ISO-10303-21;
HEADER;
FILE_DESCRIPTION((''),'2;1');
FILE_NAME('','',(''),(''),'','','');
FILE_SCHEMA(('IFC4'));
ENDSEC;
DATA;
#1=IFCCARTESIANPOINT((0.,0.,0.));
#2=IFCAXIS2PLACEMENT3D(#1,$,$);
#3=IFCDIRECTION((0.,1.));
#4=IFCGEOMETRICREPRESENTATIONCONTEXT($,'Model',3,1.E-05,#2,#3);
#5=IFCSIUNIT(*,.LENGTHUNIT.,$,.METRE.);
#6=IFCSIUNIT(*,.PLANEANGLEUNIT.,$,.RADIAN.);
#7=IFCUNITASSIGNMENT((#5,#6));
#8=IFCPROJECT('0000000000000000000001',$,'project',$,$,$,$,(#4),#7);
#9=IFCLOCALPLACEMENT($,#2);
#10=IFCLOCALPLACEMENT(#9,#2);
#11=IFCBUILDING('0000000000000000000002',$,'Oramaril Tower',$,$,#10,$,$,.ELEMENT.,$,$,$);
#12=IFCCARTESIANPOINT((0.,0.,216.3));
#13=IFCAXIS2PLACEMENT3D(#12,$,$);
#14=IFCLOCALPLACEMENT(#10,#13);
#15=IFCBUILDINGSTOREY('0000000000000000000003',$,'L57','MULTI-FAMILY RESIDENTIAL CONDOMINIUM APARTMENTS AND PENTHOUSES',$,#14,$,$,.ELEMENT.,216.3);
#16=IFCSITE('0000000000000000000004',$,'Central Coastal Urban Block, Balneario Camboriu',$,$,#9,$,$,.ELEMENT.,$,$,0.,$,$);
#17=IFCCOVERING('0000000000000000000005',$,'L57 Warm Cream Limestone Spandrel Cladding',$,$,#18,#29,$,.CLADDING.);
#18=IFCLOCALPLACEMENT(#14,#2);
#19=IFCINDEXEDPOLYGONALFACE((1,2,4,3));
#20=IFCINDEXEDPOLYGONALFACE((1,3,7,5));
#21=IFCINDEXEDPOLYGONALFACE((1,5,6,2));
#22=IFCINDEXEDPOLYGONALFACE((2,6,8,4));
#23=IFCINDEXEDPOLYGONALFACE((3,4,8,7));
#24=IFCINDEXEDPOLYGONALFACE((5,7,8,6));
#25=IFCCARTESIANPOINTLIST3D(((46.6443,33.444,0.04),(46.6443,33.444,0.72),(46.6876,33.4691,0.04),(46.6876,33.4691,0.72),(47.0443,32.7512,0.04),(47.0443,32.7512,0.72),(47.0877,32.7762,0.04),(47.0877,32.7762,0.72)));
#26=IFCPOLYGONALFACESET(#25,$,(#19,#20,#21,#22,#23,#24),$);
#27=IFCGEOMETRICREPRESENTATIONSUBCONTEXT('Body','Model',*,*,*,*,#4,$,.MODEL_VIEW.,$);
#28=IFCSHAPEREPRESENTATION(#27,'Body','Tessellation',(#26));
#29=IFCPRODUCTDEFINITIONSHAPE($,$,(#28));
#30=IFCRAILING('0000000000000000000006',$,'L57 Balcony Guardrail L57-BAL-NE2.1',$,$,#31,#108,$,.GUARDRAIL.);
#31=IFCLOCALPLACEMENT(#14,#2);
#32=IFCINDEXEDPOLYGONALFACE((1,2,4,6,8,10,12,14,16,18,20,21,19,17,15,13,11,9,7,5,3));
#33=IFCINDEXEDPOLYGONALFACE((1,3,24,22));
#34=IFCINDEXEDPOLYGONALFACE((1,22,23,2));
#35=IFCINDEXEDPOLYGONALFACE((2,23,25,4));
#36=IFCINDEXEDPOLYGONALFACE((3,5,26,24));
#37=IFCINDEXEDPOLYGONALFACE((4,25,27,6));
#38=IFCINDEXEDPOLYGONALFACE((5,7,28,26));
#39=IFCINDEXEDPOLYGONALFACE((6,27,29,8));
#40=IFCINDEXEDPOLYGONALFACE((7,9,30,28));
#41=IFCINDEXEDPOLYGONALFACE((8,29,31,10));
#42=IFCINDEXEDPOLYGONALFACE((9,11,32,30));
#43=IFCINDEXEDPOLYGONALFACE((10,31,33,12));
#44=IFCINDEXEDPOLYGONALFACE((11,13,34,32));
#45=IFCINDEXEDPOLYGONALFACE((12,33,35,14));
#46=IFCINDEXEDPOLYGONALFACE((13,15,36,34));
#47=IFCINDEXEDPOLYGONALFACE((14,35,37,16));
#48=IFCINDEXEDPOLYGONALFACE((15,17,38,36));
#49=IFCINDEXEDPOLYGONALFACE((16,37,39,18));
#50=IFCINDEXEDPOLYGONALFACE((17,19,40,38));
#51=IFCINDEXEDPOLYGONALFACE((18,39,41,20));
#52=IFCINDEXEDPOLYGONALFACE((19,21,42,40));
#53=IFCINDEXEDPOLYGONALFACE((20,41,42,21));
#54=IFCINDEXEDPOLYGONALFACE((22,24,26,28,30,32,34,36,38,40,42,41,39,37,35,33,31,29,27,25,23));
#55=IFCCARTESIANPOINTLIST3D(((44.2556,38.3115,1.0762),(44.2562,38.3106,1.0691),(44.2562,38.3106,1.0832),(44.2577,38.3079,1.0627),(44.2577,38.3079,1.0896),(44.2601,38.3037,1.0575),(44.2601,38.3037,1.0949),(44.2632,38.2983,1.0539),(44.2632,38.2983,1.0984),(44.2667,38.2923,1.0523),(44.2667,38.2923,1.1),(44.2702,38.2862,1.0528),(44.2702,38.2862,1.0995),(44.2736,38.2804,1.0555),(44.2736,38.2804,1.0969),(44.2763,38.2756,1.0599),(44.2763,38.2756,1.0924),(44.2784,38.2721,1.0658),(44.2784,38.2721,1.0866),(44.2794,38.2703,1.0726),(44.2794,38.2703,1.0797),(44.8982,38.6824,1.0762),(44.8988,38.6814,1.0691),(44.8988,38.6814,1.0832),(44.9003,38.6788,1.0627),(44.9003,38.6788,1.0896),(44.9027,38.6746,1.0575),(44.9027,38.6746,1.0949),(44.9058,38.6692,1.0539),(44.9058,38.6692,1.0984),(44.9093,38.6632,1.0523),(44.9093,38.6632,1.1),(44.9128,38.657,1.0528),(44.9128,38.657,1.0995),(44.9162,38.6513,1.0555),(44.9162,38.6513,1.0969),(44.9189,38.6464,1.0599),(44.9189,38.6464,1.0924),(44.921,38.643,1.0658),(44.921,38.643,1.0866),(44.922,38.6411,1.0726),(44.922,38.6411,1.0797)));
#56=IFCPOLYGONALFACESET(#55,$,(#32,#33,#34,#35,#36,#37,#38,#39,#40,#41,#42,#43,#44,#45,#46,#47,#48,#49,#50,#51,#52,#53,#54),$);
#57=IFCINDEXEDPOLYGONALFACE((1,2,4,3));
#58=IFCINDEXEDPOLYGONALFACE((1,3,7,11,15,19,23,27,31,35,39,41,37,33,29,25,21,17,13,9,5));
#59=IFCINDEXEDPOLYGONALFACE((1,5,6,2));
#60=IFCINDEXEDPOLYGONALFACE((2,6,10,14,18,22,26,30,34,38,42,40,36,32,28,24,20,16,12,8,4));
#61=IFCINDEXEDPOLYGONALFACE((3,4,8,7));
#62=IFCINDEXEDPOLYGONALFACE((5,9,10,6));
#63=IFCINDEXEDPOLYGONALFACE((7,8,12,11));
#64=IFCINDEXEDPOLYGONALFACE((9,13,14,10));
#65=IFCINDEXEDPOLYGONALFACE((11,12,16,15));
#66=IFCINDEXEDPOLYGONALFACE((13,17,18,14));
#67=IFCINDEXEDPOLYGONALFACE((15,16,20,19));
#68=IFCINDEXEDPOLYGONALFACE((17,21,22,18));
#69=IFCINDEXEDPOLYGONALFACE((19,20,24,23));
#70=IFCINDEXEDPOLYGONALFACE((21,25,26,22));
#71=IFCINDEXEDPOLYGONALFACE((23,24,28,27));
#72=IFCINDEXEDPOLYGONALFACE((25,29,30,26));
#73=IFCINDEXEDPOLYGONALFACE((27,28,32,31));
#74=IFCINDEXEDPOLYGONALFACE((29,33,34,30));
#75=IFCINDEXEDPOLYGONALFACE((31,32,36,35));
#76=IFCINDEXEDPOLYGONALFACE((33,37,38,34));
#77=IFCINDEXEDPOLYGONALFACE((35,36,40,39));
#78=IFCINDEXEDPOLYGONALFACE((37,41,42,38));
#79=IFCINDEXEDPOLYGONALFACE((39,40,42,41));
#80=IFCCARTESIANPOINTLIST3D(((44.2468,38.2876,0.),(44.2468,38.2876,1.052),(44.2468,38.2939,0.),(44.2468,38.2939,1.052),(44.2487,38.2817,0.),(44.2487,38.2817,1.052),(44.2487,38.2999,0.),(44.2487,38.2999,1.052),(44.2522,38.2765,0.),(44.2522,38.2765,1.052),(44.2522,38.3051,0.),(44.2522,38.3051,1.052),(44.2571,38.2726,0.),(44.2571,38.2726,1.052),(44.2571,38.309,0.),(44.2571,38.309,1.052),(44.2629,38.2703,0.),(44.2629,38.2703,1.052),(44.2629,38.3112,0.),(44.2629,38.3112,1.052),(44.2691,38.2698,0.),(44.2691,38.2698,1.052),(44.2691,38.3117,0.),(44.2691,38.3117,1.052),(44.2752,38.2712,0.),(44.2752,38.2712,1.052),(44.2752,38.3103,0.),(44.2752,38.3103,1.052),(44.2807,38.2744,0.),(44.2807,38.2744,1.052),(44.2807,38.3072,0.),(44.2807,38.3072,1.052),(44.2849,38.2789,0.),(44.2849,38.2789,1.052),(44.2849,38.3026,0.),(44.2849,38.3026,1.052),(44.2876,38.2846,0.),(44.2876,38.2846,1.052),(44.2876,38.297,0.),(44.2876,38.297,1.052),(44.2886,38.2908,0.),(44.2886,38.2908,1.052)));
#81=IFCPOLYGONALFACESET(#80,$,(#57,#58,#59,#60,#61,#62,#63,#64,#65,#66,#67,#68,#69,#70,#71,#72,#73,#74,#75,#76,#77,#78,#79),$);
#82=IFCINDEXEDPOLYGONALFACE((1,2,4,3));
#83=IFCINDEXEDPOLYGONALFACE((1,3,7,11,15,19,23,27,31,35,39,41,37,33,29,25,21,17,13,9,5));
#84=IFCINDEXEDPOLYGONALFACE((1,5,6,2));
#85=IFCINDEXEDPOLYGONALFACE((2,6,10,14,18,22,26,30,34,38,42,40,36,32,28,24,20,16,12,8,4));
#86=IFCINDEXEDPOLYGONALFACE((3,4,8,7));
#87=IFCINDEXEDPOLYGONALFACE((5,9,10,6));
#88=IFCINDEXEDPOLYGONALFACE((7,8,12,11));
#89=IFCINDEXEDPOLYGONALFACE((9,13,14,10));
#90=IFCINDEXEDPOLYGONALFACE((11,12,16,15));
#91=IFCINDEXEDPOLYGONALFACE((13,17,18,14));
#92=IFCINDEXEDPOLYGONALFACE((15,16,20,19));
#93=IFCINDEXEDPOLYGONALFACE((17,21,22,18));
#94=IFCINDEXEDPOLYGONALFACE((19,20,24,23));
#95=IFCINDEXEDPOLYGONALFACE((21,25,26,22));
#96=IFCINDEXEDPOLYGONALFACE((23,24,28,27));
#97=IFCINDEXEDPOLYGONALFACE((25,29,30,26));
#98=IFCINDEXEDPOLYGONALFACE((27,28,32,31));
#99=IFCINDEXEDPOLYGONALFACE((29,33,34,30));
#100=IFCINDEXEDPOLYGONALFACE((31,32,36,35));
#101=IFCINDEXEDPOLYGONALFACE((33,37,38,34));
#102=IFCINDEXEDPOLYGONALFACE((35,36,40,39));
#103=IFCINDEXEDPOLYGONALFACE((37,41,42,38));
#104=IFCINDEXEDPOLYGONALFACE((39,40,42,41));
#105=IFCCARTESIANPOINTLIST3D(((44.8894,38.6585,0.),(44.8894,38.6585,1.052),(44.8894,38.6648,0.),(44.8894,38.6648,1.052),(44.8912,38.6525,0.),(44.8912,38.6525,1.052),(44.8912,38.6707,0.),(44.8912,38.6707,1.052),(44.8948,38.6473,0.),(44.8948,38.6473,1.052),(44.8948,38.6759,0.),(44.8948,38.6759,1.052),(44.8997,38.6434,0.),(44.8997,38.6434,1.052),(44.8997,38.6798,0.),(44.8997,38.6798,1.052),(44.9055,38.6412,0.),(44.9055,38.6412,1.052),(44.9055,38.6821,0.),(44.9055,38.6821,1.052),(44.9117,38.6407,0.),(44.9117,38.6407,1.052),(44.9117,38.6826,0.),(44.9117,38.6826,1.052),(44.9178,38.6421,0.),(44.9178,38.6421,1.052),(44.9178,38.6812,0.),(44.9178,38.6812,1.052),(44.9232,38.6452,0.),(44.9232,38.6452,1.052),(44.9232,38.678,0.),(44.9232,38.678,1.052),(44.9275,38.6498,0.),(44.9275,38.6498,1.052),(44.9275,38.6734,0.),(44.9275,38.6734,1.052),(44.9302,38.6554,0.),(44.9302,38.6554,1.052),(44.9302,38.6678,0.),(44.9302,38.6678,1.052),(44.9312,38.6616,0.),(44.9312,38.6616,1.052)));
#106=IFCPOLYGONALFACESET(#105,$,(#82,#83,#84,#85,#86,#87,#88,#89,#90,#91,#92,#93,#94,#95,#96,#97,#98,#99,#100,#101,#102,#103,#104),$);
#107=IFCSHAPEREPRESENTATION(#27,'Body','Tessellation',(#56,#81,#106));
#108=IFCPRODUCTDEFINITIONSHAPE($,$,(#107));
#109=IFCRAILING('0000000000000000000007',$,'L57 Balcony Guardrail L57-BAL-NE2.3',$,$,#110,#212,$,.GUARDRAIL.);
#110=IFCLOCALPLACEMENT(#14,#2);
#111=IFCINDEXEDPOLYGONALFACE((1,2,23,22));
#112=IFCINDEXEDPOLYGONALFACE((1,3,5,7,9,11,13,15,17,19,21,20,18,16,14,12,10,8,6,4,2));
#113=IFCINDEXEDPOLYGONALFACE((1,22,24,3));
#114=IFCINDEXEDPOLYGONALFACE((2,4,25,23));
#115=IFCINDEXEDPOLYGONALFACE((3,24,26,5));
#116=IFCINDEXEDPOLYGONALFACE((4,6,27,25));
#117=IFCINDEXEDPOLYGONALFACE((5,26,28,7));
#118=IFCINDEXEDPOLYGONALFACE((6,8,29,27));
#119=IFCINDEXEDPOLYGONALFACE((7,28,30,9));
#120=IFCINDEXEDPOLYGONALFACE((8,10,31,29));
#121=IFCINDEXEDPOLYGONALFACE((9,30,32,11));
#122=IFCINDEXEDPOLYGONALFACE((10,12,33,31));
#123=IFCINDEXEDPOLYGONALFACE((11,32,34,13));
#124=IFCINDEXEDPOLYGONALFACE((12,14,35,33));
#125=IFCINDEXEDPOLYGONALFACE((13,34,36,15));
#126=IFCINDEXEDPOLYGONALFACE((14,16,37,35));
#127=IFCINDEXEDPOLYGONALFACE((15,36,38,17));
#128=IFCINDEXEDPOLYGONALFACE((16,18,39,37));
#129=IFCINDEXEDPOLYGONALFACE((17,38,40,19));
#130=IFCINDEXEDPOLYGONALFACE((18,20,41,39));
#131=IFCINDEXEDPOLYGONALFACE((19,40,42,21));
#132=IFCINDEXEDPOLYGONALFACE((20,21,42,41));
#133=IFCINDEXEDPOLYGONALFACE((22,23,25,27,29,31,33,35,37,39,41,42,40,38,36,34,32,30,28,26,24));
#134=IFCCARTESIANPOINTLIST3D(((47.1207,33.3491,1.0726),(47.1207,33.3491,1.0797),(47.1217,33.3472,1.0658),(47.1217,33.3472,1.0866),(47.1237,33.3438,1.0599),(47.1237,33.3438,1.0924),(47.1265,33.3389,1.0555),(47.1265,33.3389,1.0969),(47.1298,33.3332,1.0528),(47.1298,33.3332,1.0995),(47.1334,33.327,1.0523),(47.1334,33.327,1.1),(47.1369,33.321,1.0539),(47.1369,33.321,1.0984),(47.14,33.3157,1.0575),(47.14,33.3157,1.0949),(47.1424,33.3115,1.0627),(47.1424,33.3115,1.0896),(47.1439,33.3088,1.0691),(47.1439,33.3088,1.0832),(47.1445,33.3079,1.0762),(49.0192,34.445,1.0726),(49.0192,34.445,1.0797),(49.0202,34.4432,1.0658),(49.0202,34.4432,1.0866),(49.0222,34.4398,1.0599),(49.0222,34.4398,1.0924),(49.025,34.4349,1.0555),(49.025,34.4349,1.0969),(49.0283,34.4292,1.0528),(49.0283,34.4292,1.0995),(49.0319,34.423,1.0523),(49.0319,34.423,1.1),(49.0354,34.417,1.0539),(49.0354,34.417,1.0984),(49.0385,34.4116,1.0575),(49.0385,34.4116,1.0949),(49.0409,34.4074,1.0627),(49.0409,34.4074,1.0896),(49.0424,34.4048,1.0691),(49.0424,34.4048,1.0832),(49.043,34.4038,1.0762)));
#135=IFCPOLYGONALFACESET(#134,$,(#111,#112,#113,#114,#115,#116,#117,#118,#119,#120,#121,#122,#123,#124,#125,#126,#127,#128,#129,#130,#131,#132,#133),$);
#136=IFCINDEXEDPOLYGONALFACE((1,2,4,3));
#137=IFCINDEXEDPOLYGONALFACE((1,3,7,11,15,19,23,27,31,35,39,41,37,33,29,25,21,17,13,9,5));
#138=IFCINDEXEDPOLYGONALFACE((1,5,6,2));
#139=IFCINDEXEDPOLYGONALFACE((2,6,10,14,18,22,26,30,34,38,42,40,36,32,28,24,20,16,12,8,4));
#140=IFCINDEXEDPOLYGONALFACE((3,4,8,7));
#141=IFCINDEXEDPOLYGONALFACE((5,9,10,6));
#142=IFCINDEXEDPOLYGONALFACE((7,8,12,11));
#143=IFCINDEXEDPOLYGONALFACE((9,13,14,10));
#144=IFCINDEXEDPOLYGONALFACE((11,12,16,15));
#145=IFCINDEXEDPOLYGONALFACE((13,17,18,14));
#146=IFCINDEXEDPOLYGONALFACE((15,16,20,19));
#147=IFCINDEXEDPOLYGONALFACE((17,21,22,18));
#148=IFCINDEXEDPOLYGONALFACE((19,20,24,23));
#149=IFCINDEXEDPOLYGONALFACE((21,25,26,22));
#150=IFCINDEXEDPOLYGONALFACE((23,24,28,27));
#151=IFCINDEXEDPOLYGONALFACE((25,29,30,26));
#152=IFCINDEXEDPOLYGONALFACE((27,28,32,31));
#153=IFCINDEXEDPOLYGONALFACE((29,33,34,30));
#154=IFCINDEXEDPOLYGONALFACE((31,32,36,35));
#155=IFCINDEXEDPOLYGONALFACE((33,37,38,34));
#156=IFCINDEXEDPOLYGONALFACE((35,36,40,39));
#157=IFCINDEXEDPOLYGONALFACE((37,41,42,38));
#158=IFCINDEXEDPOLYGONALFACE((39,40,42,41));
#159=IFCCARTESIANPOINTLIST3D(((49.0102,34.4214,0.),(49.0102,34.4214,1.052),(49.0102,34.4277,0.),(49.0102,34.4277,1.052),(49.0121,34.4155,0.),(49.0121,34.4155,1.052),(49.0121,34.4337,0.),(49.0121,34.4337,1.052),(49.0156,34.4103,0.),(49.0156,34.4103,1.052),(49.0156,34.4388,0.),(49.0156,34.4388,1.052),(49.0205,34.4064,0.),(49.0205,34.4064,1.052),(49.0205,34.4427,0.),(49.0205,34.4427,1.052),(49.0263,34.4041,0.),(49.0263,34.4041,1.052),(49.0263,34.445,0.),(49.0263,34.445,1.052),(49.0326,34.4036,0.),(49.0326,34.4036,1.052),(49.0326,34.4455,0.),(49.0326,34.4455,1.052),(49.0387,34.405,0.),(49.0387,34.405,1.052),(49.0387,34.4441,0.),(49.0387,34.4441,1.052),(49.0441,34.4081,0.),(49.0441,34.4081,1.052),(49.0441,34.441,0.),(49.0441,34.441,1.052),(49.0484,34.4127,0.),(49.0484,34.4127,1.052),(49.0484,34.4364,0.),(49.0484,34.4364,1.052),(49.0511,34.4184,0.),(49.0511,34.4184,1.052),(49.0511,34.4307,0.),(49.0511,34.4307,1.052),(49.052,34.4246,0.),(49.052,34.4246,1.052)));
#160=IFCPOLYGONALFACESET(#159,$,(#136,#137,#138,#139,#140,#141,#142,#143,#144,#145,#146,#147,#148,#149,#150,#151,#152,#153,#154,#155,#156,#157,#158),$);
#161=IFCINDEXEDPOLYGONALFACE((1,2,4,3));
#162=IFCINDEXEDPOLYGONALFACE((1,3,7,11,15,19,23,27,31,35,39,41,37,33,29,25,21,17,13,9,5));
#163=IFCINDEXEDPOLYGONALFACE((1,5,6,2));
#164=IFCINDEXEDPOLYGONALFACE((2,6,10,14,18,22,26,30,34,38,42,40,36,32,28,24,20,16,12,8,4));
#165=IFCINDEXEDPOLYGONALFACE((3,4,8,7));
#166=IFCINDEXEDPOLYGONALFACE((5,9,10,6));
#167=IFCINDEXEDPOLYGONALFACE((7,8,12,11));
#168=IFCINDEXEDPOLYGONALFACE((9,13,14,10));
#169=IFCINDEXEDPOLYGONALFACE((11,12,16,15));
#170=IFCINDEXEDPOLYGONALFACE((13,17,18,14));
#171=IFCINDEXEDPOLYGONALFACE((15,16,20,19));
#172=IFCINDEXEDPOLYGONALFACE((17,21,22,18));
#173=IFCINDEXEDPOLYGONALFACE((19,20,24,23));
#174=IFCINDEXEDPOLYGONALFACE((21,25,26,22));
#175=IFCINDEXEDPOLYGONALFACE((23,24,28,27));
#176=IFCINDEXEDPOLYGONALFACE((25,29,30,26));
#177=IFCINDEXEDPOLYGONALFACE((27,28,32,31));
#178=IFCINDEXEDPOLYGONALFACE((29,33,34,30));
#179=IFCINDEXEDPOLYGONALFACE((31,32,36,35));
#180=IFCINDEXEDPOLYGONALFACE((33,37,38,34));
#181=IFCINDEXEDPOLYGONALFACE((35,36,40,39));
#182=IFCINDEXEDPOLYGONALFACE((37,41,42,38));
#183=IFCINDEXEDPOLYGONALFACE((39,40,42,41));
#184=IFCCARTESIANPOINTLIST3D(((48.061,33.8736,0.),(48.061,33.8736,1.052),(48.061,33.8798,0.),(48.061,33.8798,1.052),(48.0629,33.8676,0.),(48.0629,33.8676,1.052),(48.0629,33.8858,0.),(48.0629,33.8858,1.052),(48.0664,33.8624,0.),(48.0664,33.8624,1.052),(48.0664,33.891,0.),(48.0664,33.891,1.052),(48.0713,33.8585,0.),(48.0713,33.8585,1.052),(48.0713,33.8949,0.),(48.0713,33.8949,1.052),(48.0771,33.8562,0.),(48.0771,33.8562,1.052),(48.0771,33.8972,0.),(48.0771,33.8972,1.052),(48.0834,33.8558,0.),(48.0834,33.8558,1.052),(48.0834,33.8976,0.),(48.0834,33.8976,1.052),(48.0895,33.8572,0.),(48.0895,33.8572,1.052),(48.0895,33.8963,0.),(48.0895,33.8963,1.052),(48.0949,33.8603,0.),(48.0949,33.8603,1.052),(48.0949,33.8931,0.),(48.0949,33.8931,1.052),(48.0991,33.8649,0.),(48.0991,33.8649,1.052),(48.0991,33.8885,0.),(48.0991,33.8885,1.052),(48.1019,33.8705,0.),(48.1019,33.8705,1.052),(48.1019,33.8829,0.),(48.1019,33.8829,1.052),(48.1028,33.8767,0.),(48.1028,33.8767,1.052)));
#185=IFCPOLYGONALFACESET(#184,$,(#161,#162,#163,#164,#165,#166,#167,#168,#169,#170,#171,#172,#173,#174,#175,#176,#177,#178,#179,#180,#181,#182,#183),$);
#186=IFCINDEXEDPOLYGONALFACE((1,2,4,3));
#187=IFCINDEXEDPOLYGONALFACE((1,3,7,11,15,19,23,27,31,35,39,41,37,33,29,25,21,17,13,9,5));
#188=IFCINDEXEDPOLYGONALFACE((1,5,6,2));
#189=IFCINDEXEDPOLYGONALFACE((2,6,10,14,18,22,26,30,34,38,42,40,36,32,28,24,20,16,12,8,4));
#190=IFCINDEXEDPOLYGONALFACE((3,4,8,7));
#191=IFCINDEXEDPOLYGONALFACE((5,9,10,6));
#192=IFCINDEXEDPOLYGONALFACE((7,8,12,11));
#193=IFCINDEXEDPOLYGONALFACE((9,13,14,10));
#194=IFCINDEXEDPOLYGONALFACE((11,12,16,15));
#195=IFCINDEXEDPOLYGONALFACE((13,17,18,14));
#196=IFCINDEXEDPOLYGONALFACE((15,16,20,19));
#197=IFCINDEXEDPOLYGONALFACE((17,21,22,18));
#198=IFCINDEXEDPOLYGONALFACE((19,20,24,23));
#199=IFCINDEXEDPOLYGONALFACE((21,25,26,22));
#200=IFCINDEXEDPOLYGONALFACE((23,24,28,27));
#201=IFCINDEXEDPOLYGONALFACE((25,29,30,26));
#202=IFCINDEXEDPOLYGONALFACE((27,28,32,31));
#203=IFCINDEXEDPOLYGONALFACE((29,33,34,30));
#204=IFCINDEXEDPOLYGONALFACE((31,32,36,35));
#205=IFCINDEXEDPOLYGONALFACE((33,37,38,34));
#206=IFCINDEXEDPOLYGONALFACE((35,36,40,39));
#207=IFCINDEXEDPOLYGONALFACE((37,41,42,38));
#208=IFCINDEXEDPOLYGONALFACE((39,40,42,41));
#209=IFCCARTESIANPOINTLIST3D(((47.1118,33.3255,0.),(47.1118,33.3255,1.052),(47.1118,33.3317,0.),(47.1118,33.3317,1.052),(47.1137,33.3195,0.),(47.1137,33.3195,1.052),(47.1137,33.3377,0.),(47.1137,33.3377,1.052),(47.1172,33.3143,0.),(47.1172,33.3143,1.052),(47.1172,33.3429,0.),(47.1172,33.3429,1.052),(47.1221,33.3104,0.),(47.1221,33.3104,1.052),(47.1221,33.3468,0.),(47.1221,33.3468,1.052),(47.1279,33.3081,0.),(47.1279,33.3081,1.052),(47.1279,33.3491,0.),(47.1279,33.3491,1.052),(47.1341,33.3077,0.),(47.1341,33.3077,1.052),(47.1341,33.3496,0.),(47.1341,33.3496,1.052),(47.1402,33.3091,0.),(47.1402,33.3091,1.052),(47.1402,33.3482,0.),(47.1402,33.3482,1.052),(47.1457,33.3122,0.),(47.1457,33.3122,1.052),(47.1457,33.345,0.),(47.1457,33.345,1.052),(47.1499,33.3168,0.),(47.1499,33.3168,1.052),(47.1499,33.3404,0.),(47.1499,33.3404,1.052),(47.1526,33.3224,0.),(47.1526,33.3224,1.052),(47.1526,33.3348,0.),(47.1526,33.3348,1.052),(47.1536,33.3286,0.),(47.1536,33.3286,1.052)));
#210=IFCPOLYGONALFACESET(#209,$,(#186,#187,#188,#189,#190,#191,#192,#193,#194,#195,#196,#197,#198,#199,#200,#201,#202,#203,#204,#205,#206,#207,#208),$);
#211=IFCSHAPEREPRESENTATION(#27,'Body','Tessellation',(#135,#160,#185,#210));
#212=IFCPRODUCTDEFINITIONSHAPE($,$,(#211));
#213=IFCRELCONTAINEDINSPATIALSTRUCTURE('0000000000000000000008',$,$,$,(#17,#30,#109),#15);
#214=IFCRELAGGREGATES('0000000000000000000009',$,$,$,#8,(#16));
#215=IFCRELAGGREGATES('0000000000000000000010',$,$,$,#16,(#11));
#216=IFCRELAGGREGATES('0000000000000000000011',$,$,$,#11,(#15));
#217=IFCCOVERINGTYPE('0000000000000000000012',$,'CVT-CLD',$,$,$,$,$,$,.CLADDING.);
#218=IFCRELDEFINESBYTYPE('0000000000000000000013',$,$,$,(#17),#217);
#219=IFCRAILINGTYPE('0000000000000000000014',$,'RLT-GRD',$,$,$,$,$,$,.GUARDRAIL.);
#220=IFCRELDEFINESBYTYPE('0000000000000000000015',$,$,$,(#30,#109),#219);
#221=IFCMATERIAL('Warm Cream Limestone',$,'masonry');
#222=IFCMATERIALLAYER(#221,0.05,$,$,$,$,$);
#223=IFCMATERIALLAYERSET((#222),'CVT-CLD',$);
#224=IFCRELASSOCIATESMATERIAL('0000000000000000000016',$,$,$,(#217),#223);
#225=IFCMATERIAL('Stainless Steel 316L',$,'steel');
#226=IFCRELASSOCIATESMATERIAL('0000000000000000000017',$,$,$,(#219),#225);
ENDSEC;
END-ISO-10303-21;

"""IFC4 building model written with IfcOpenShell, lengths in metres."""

from ifc_helpers import new_model, si_unit, direction, frame, origin, origin_2d, place, context, subcontext, project, spatial, rectangle, circle, extrude, material, layer, layer_set, type_object, element, save


model = new_model("IFC4")

# Units and contexts
model_context = context("Model", 3, precision=1e-05, world=origin(), true_north=direction((0.0, 1.0)))
body_context = subcontext(model_context, "Body", "Model", "MODEL_VIEW")
ifc_project = project(units=[si_unit("LENGTHUNIT", "METRE"), si_unit("PLANEANGLEUNIT", "RADIAN")], contexts=[model_context])

# Site, building, storey
site_placement = place(None, origin())
site = spatial("IfcSite", under=ifc_project, at=site_placement, Name="Central Coastal Urban Block, Balneario Camboriu", CompositionType="ELEMENT", RefElevation=0.0)
building_placement = place(site_placement, origin())
building = spatial("IfcBuilding", under=site, at=building_placement, Name="Oramaril Tower", CompositionType="ELEMENT")
storey_placement = place(building_placement, frame((0.0, 0.0, 216.3)))
storey = spatial("IfcBuildingStorey", under=building, at=storey_placement, Name="L57", Description="MULTI-FAMILY RESIDENTIAL CONDOMINIUM APARTMENTS AND PENTHOUSES", CompositionType="ELEMENT", Elevation=216.3)

# Covering
ifc_material_1 = material(Name="Warm Cream Limestone", Category="masonry")
ifc_layer_1 = layer(ifc_material_1, 0.05)
ifc_layer_set_1 = layer_set([ifc_layer_1], Name="CVT-CLD")
covering_type = type_object("IfcCoveringType", Name="CVT-CLD", PredefinedType="CLADDING", material=ifc_layer_set_1)
covering_placement = place(storey_placement, frame((46.866, 33.1101, 0.04), z_axis=(0.0, 0.0, 1.0), x_axis=(-0.500002, 0.866025, 0.0)))
element("IfcCovering", 1, at=covering_placement, inside=storey, type_object=covering_type, Name="L57 Warm Cream Limestone Spandrel Cladding", PredefinedType="CLADDING", context=body_context, shape_type="SweptSolid", body=[
    extrude(rectangle(XDim=0.8, YDim=0.05, at=origin_2d()), origin(), (0.0, 0.0, 1.0), 0.6799),
])

# Railings
ifc_material_2 = material(Name="Stainless Steel 316L", Category="steel")
railing_type = type_object("IfcRailingType", Name="RLT-GRD", PredefinedType="GUARDRAIL", material=ifc_material_2)
railing_1_placement = place(storey_placement, frame((44.2676, 38.2908, 0.0)))
element("IfcRailing", 2, at=railing_1_placement, inside=storey, type_object=railing_type, Name="L57 Balcony Guardrail L57-BAL-NE2.1", PredefinedType="GUARDRAIL", context=body_context, shape_type="SweptSolid", body=[
    extrude(circle(Radius=0.0239, at=origin_2d()), frame((0.0, 0.0, 1.0762), z_axis=(0.866109, 0.499855, 0.0), x_axis=(-0.499855, 0.866109, 0.0)), (0.0, 0.0, 1.0), 0.7419),
    extrude(circle(Radius=0.021, at=origin_2d()), origin(), (0.0, 0.0, 1.0), 1.052),
    extrude(circle(Radius=0.021, at=origin_2d()), frame((0.6426, 0.3708, 0.0)), (0.0, 0.0, 1.0), 1.052),
])
railing_2_placement = place(storey_placement, frame((49.031, 34.4246, 0.0)))
element("IfcRailing", 3, at=railing_2_placement, inside=storey, type_object=railing_type, Name="L57 Balcony Guardrail L57-BAL-NE2.3", PredefinedType="GUARDRAIL", context=body_context, shape_type="SweptSolid", body=[
    extrude(circle(Radius=0.0239, at=origin_2d()), frame((0.0, 0.0, 1.0762), z_axis=(-0.866048, -0.49996, 0.0), x_axis=(0.49996, -0.866048, 0.0)), (0.0, 0.0, 1.0), 2.1921),
    extrude(circle(Radius=0.021, at=origin_2d()), origin(), (0.0, 0.0, 1.0), 1.052),
    extrude(circle(Radius=0.021, at=origin_2d()), frame((-0.9492, -0.5479, 0.0)), (0.0, 0.0, 1.0), 1.052),
    extrude(circle(Radius=0.021, at=origin_2d()), frame((-1.8984, -1.0959, 0.0)), (0.0, 0.0, 1.0), 1.052),
])

save(model, "model.ifc")
